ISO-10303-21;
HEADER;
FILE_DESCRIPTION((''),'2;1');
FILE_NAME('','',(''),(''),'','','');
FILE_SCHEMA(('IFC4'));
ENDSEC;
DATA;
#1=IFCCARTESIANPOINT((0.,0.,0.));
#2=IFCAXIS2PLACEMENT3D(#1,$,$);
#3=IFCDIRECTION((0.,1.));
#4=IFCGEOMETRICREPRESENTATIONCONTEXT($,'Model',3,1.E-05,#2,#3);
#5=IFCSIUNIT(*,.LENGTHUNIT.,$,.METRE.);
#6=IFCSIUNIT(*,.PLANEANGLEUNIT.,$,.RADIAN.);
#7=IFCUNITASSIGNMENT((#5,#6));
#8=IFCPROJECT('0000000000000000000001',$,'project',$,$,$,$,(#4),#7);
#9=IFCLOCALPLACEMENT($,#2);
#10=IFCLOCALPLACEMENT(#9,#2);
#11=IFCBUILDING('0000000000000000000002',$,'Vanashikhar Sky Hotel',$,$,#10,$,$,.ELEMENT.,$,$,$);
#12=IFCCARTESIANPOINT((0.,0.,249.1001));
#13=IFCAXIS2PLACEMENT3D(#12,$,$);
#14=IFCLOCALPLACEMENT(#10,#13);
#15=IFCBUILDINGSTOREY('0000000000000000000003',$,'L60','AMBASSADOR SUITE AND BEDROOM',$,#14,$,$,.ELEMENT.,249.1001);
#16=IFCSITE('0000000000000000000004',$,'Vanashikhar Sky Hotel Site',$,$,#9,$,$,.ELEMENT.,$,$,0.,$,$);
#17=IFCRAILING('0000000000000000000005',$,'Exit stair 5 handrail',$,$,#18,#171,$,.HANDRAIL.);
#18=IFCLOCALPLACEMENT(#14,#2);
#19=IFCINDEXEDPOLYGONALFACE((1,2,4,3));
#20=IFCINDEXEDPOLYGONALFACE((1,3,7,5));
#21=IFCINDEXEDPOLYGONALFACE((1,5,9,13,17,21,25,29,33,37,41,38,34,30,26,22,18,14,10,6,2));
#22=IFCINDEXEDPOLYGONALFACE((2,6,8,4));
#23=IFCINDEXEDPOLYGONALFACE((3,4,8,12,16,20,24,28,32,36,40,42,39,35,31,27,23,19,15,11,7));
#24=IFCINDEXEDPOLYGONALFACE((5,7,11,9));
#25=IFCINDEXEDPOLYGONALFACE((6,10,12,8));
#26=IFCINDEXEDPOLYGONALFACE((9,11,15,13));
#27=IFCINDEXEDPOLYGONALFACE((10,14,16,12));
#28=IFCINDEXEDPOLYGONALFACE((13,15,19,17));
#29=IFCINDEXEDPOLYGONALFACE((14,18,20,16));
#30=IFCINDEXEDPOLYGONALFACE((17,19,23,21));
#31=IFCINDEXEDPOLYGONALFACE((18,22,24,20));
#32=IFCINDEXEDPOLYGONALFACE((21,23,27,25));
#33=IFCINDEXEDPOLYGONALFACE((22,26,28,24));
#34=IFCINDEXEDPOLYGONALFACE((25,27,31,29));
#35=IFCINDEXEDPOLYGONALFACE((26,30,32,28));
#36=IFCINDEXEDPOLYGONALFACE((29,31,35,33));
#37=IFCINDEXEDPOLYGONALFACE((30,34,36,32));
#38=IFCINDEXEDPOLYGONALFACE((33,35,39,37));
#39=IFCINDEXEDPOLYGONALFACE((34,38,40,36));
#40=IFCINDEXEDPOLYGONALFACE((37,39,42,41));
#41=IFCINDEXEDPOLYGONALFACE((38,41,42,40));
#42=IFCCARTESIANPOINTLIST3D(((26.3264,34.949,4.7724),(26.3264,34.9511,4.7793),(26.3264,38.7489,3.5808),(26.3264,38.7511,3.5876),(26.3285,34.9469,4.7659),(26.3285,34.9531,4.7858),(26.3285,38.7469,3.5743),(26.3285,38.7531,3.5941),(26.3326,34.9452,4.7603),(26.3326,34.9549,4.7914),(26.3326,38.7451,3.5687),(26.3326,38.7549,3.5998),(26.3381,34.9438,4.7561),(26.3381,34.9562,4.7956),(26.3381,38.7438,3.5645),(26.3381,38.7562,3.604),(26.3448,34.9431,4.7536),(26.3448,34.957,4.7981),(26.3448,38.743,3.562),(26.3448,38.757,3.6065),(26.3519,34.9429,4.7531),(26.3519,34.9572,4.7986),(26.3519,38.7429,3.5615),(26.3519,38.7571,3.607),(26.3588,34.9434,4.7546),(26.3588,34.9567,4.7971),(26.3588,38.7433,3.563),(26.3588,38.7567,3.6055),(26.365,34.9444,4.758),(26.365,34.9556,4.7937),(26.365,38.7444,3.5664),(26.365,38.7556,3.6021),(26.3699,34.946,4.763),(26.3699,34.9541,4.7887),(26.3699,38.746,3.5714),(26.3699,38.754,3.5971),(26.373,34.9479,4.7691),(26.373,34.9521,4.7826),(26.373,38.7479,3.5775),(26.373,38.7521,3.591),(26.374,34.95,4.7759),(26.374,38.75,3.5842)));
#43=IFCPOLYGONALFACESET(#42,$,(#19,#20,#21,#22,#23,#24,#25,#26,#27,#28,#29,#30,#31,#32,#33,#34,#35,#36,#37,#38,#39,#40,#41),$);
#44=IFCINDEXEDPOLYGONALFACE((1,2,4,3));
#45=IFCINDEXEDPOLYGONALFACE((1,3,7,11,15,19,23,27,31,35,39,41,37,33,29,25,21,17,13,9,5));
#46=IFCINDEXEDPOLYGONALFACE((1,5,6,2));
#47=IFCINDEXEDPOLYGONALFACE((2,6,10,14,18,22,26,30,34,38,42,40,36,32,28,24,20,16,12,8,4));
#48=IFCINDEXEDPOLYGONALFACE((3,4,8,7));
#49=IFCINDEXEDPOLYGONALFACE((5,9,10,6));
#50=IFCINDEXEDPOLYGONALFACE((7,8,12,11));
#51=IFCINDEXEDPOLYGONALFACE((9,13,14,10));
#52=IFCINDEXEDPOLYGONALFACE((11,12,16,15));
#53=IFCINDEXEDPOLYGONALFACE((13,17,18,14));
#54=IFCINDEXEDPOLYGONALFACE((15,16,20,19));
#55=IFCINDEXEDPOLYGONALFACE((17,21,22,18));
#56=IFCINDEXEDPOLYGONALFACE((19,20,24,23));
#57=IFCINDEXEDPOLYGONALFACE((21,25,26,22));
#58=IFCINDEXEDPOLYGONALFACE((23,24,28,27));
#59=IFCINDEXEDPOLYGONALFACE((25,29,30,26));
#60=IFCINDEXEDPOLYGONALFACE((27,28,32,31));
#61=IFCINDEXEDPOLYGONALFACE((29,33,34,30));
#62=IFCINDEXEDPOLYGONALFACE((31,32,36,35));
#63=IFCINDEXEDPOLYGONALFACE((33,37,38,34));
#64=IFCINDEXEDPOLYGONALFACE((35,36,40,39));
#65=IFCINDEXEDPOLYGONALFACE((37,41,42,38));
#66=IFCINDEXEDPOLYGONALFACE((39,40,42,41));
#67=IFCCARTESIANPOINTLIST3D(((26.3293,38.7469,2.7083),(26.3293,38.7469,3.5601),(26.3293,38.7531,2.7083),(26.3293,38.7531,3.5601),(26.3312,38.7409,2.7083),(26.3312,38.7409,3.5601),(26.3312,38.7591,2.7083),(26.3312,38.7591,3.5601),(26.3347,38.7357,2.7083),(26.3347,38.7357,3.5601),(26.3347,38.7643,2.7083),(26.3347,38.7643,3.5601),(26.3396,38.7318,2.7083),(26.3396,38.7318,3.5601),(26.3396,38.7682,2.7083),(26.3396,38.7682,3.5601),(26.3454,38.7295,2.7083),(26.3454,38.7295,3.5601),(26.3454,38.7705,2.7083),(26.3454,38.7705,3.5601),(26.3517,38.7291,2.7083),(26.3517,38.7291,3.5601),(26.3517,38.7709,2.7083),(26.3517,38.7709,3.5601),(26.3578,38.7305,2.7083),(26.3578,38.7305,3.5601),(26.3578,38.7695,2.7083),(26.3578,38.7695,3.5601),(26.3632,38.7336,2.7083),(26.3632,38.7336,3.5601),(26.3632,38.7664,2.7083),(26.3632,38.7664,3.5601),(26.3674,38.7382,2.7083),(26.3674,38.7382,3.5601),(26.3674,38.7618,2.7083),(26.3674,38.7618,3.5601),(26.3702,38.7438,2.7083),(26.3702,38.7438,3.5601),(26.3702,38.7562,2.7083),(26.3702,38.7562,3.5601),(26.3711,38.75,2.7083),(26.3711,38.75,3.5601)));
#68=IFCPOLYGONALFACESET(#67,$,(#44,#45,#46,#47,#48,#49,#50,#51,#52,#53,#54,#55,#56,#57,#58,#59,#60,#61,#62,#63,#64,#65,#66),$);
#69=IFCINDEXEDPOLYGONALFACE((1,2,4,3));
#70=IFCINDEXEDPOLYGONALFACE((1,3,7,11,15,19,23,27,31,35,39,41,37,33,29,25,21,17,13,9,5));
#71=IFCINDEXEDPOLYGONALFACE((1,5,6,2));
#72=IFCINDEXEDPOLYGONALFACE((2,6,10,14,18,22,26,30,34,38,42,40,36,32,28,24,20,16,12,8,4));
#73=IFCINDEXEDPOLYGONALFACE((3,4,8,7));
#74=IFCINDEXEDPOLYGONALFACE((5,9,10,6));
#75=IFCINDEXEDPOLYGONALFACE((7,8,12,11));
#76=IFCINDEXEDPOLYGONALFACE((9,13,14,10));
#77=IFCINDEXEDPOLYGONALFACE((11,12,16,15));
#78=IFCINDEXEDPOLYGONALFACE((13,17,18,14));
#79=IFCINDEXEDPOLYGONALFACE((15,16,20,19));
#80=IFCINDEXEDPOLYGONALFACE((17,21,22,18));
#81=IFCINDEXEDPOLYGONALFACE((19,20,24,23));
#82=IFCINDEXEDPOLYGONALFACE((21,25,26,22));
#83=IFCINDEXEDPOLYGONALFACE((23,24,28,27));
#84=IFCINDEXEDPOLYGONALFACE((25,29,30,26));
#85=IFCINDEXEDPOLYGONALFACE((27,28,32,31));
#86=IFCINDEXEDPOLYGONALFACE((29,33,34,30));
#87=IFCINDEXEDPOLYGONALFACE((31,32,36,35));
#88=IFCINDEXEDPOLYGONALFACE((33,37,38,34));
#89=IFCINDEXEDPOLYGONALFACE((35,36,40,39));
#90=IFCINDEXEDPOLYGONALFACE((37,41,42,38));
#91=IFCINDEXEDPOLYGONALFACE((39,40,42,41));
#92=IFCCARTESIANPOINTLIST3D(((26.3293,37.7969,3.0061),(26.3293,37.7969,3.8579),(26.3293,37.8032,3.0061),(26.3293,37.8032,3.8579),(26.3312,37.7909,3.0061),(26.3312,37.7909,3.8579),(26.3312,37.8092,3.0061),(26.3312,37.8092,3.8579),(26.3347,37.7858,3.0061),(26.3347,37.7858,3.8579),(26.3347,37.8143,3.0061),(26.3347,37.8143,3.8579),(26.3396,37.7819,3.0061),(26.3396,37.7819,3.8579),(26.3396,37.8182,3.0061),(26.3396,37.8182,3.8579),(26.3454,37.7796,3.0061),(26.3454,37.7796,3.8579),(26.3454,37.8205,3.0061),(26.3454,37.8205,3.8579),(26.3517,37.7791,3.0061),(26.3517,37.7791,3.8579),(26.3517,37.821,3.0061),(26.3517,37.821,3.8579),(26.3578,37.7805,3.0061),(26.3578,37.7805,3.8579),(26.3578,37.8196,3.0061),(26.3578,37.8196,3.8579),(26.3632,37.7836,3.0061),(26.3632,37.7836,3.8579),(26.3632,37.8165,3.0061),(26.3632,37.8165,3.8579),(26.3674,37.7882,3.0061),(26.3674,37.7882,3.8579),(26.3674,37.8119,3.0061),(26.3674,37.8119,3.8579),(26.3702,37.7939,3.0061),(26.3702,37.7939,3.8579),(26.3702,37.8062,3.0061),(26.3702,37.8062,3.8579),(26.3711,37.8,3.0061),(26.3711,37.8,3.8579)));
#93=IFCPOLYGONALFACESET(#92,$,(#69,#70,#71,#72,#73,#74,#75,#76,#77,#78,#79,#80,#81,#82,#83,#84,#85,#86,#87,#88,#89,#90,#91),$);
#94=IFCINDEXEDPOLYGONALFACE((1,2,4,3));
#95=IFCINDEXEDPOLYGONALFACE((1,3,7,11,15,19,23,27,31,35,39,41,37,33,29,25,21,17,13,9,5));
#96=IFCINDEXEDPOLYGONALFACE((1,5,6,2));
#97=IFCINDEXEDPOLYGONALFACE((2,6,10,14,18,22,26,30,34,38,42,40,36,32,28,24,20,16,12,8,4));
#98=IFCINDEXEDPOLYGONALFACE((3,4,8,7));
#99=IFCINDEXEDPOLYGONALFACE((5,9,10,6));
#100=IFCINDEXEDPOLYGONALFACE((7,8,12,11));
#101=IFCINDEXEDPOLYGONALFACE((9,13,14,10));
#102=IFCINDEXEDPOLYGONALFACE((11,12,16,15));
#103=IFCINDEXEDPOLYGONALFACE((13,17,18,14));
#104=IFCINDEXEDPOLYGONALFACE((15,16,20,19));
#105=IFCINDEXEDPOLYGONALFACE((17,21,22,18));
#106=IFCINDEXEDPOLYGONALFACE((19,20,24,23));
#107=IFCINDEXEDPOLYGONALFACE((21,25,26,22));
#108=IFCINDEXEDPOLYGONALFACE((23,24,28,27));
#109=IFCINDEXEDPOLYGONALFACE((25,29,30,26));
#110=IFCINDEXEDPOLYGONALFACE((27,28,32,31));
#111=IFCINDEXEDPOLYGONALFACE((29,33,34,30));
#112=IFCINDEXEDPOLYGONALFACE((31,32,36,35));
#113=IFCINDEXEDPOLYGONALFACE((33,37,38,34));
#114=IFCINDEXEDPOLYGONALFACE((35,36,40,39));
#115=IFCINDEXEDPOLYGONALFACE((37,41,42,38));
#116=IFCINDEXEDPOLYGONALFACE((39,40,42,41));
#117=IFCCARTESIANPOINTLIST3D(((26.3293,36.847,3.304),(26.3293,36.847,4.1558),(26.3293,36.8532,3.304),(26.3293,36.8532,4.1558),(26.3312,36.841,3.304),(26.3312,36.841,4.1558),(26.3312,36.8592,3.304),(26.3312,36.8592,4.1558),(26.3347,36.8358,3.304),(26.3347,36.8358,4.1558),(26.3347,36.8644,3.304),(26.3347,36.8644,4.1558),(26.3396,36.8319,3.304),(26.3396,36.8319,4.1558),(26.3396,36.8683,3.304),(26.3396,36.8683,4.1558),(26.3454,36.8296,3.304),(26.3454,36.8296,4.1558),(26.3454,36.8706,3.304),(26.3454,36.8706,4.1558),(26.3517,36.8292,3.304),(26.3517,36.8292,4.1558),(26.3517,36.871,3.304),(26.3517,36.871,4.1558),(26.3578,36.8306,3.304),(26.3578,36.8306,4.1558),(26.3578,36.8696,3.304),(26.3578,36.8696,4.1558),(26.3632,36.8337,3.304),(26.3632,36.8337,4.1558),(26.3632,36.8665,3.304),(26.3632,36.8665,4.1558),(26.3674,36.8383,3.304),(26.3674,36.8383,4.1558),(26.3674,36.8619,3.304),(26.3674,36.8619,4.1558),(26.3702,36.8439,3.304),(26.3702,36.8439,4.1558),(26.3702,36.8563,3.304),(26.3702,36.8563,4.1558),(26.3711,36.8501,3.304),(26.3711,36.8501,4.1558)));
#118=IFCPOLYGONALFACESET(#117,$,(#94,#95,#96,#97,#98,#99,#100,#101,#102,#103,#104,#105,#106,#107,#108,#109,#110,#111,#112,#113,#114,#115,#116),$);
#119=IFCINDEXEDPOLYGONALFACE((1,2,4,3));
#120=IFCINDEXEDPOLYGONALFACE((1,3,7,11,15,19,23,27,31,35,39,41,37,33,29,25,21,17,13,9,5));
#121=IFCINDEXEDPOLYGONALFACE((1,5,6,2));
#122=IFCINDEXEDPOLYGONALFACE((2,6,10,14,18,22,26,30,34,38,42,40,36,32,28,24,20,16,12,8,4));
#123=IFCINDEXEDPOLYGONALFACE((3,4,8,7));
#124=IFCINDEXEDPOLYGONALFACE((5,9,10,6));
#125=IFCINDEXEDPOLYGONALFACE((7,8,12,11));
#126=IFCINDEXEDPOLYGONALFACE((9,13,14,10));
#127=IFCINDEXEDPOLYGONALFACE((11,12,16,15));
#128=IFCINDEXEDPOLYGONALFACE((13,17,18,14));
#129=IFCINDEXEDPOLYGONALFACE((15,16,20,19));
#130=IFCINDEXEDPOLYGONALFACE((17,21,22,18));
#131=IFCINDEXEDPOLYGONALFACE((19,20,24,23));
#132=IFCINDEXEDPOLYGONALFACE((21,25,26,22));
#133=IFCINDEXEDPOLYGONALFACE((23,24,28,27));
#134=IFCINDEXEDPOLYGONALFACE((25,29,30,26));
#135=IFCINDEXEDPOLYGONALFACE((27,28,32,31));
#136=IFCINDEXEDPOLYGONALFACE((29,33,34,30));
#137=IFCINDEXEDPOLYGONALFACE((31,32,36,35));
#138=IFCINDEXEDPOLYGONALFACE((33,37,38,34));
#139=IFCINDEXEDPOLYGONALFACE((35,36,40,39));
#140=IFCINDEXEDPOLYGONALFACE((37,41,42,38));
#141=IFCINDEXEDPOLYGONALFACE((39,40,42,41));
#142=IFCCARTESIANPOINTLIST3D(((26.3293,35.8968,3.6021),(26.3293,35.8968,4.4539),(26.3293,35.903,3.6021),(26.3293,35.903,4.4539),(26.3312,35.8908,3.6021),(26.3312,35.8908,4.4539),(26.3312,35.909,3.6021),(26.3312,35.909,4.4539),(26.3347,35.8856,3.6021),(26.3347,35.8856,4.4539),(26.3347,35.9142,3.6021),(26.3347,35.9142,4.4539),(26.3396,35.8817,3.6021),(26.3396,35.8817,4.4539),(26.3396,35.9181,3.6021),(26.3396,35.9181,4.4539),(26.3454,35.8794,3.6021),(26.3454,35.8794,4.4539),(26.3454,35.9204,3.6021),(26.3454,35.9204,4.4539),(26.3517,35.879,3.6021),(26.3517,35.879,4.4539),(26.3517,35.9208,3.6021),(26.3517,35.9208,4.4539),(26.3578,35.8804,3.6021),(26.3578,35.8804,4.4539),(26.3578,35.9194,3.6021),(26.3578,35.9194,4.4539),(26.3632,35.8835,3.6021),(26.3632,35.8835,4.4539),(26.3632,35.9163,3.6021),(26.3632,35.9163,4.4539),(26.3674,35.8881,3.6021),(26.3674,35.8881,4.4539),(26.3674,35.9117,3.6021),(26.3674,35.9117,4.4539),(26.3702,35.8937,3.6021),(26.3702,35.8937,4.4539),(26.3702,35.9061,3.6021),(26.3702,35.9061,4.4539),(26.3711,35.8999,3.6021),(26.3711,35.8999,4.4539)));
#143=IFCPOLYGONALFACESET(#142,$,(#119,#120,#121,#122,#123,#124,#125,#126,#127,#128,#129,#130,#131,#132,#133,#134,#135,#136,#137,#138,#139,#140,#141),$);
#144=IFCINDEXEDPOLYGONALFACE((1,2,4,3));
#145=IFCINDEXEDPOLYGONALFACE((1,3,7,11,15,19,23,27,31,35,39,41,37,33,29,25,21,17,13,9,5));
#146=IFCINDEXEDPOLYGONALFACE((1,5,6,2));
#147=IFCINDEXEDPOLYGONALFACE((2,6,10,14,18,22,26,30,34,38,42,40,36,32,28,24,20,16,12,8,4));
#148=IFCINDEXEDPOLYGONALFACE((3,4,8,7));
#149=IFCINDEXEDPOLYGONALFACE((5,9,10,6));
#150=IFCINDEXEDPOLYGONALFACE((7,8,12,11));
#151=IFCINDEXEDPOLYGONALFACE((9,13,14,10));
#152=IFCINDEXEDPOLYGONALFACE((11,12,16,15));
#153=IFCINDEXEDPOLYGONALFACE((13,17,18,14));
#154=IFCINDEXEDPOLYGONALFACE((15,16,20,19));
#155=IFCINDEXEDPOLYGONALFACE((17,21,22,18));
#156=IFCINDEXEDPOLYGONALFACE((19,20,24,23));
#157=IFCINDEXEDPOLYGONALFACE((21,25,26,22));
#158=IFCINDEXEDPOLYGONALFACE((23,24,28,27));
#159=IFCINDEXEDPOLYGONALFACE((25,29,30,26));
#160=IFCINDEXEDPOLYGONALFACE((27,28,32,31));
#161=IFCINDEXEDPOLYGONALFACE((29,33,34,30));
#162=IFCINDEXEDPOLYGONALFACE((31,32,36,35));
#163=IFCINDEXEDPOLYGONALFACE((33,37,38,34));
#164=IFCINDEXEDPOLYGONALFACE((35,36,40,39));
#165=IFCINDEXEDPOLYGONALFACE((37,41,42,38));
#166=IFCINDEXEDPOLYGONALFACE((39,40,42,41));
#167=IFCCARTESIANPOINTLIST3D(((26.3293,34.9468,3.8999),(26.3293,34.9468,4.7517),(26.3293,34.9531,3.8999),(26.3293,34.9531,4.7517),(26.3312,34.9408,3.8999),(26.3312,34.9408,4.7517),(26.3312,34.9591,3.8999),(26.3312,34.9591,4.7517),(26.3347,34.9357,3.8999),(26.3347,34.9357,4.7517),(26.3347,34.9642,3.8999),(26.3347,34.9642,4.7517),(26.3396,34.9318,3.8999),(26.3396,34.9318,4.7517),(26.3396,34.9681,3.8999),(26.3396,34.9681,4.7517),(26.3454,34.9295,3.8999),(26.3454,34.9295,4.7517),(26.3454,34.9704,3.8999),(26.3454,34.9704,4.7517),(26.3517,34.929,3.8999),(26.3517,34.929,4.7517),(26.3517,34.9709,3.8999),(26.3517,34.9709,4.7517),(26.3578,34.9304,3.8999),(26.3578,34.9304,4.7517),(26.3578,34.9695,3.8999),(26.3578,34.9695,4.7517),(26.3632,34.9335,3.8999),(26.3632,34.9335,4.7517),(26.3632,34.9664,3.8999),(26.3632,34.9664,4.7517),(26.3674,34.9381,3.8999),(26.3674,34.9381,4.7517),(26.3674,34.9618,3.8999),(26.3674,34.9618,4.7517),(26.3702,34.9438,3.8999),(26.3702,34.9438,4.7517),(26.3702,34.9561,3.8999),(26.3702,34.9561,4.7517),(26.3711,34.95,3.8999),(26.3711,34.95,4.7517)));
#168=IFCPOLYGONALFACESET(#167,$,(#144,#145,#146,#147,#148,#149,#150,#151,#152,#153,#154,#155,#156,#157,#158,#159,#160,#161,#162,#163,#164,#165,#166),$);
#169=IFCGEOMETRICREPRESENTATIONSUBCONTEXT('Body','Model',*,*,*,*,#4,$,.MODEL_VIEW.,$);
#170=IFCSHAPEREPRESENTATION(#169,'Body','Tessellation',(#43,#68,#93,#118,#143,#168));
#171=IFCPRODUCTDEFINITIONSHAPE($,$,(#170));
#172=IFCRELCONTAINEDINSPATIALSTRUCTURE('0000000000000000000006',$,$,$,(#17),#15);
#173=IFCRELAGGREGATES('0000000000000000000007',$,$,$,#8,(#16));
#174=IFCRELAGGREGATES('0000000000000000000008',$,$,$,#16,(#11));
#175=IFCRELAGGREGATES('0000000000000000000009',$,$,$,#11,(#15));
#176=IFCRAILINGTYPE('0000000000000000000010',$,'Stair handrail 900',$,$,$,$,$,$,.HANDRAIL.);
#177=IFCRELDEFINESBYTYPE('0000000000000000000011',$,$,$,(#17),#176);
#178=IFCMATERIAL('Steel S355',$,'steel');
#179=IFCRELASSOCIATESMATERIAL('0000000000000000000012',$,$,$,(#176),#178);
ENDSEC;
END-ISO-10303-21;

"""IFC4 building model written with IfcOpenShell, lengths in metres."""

from ifc_helpers import new_model, si_unit, direction, frame, origin, origin_2d, place, context, subcontext, project, spatial, circle, extrude, source, transform, mapped, material, type_object, element, save


model = new_model("IFC4")

# Units and contexts
model_context = context("Model", 3, precision=1e-05, world=origin(), true_north=direction((0.0, 1.0)))
body_context = subcontext(model_context, "Body", "Model", "MODEL_VIEW")
ifc_project = project(units=[si_unit("LENGTHUNIT", "METRE"), si_unit("PLANEANGLEUNIT", "RADIAN")], contexts=[model_context])

# Site, building, storey
site_placement = place(None, origin())
site = spatial("IfcSite", under=ifc_project, at=site_placement, Name="Vanashikhar Sky Hotel Site", CompositionType="ELEMENT", RefElevation=0.0)
building_placement = place(site_placement, origin())
building = spatial("IfcBuilding", under=site, at=building_placement, Name="Vanashikhar Sky Hotel", CompositionType="ELEMENT")
storey_placement = place(building_placement, frame((0.0, 0.0, 249.1001)))
storey = spatial("IfcBuildingStorey", under=building, at=storey_placement, Name="L60", Description="AMBASSADOR SUITE AND BEDROOM", CompositionType="ELEMENT", Elevation=249.1001)

# Railing
ifc_material_1 = material(Name="Steel S355", Category="steel")
railing_type_1 = type_object("IfcRailingType", Name="Stair handrail 900", PredefinedType="HANDRAIL", material=ifc_material_1)
shared_shape_1 = source(origin(), body_context, "Body", "SweptSolid", [
    extrude(circle(Radius=0.0239, at=origin_2d()), frame((0.0, 0.0, 0.876), z_axis=(0.0, -0.954184, 0.299221), x_axis=(1.0, 0.0, 0.0)), (0.0, 0.0, 1.0), 3.9824),
    extrude(circle(Radius=0.021, at=origin_2d()), origin(), (0.0, 0.0, 1.0), 0.8518),
    extrude(circle(Radius=0.021, at=origin_2d()), frame((0.0, -0.95, 0.2979)), (0.0, 0.0, 1.0), 0.8518),
    extrude(circle(Radius=0.021, at=origin_2d()), frame((0.0, -1.8999, 0.5957)), (0.0, 0.0, 1.0), 0.8518),
    extrude(circle(Radius=0.021, at=origin_2d()), frame((0.0, -2.8501, 0.8938)), (0.0, 0.0, 1.0), 0.8518),
    extrude(circle(Radius=0.021, at=origin_2d()), frame((0.0, -3.8, 1.1917)), (0.0, 0.0, 1.0), 0.8518),
])
for number, where, name in (
    (1, (26.3501, 38.75, 2.7083), "Exit stair 5 handrail"),
):
    element("IfcRailing", number, at=place(storey_placement, frame(where)), inside=storey, type_object=railing_type_1, Name=name, PredefinedType="HANDRAIL", context=body_context, shape_type="MappedRepresentation", body=[
        mapped(shared_shape_1, transform((0.0, 0.0, 0.0), scale=1.0)),
    ])

save(model, "model.ifc")
